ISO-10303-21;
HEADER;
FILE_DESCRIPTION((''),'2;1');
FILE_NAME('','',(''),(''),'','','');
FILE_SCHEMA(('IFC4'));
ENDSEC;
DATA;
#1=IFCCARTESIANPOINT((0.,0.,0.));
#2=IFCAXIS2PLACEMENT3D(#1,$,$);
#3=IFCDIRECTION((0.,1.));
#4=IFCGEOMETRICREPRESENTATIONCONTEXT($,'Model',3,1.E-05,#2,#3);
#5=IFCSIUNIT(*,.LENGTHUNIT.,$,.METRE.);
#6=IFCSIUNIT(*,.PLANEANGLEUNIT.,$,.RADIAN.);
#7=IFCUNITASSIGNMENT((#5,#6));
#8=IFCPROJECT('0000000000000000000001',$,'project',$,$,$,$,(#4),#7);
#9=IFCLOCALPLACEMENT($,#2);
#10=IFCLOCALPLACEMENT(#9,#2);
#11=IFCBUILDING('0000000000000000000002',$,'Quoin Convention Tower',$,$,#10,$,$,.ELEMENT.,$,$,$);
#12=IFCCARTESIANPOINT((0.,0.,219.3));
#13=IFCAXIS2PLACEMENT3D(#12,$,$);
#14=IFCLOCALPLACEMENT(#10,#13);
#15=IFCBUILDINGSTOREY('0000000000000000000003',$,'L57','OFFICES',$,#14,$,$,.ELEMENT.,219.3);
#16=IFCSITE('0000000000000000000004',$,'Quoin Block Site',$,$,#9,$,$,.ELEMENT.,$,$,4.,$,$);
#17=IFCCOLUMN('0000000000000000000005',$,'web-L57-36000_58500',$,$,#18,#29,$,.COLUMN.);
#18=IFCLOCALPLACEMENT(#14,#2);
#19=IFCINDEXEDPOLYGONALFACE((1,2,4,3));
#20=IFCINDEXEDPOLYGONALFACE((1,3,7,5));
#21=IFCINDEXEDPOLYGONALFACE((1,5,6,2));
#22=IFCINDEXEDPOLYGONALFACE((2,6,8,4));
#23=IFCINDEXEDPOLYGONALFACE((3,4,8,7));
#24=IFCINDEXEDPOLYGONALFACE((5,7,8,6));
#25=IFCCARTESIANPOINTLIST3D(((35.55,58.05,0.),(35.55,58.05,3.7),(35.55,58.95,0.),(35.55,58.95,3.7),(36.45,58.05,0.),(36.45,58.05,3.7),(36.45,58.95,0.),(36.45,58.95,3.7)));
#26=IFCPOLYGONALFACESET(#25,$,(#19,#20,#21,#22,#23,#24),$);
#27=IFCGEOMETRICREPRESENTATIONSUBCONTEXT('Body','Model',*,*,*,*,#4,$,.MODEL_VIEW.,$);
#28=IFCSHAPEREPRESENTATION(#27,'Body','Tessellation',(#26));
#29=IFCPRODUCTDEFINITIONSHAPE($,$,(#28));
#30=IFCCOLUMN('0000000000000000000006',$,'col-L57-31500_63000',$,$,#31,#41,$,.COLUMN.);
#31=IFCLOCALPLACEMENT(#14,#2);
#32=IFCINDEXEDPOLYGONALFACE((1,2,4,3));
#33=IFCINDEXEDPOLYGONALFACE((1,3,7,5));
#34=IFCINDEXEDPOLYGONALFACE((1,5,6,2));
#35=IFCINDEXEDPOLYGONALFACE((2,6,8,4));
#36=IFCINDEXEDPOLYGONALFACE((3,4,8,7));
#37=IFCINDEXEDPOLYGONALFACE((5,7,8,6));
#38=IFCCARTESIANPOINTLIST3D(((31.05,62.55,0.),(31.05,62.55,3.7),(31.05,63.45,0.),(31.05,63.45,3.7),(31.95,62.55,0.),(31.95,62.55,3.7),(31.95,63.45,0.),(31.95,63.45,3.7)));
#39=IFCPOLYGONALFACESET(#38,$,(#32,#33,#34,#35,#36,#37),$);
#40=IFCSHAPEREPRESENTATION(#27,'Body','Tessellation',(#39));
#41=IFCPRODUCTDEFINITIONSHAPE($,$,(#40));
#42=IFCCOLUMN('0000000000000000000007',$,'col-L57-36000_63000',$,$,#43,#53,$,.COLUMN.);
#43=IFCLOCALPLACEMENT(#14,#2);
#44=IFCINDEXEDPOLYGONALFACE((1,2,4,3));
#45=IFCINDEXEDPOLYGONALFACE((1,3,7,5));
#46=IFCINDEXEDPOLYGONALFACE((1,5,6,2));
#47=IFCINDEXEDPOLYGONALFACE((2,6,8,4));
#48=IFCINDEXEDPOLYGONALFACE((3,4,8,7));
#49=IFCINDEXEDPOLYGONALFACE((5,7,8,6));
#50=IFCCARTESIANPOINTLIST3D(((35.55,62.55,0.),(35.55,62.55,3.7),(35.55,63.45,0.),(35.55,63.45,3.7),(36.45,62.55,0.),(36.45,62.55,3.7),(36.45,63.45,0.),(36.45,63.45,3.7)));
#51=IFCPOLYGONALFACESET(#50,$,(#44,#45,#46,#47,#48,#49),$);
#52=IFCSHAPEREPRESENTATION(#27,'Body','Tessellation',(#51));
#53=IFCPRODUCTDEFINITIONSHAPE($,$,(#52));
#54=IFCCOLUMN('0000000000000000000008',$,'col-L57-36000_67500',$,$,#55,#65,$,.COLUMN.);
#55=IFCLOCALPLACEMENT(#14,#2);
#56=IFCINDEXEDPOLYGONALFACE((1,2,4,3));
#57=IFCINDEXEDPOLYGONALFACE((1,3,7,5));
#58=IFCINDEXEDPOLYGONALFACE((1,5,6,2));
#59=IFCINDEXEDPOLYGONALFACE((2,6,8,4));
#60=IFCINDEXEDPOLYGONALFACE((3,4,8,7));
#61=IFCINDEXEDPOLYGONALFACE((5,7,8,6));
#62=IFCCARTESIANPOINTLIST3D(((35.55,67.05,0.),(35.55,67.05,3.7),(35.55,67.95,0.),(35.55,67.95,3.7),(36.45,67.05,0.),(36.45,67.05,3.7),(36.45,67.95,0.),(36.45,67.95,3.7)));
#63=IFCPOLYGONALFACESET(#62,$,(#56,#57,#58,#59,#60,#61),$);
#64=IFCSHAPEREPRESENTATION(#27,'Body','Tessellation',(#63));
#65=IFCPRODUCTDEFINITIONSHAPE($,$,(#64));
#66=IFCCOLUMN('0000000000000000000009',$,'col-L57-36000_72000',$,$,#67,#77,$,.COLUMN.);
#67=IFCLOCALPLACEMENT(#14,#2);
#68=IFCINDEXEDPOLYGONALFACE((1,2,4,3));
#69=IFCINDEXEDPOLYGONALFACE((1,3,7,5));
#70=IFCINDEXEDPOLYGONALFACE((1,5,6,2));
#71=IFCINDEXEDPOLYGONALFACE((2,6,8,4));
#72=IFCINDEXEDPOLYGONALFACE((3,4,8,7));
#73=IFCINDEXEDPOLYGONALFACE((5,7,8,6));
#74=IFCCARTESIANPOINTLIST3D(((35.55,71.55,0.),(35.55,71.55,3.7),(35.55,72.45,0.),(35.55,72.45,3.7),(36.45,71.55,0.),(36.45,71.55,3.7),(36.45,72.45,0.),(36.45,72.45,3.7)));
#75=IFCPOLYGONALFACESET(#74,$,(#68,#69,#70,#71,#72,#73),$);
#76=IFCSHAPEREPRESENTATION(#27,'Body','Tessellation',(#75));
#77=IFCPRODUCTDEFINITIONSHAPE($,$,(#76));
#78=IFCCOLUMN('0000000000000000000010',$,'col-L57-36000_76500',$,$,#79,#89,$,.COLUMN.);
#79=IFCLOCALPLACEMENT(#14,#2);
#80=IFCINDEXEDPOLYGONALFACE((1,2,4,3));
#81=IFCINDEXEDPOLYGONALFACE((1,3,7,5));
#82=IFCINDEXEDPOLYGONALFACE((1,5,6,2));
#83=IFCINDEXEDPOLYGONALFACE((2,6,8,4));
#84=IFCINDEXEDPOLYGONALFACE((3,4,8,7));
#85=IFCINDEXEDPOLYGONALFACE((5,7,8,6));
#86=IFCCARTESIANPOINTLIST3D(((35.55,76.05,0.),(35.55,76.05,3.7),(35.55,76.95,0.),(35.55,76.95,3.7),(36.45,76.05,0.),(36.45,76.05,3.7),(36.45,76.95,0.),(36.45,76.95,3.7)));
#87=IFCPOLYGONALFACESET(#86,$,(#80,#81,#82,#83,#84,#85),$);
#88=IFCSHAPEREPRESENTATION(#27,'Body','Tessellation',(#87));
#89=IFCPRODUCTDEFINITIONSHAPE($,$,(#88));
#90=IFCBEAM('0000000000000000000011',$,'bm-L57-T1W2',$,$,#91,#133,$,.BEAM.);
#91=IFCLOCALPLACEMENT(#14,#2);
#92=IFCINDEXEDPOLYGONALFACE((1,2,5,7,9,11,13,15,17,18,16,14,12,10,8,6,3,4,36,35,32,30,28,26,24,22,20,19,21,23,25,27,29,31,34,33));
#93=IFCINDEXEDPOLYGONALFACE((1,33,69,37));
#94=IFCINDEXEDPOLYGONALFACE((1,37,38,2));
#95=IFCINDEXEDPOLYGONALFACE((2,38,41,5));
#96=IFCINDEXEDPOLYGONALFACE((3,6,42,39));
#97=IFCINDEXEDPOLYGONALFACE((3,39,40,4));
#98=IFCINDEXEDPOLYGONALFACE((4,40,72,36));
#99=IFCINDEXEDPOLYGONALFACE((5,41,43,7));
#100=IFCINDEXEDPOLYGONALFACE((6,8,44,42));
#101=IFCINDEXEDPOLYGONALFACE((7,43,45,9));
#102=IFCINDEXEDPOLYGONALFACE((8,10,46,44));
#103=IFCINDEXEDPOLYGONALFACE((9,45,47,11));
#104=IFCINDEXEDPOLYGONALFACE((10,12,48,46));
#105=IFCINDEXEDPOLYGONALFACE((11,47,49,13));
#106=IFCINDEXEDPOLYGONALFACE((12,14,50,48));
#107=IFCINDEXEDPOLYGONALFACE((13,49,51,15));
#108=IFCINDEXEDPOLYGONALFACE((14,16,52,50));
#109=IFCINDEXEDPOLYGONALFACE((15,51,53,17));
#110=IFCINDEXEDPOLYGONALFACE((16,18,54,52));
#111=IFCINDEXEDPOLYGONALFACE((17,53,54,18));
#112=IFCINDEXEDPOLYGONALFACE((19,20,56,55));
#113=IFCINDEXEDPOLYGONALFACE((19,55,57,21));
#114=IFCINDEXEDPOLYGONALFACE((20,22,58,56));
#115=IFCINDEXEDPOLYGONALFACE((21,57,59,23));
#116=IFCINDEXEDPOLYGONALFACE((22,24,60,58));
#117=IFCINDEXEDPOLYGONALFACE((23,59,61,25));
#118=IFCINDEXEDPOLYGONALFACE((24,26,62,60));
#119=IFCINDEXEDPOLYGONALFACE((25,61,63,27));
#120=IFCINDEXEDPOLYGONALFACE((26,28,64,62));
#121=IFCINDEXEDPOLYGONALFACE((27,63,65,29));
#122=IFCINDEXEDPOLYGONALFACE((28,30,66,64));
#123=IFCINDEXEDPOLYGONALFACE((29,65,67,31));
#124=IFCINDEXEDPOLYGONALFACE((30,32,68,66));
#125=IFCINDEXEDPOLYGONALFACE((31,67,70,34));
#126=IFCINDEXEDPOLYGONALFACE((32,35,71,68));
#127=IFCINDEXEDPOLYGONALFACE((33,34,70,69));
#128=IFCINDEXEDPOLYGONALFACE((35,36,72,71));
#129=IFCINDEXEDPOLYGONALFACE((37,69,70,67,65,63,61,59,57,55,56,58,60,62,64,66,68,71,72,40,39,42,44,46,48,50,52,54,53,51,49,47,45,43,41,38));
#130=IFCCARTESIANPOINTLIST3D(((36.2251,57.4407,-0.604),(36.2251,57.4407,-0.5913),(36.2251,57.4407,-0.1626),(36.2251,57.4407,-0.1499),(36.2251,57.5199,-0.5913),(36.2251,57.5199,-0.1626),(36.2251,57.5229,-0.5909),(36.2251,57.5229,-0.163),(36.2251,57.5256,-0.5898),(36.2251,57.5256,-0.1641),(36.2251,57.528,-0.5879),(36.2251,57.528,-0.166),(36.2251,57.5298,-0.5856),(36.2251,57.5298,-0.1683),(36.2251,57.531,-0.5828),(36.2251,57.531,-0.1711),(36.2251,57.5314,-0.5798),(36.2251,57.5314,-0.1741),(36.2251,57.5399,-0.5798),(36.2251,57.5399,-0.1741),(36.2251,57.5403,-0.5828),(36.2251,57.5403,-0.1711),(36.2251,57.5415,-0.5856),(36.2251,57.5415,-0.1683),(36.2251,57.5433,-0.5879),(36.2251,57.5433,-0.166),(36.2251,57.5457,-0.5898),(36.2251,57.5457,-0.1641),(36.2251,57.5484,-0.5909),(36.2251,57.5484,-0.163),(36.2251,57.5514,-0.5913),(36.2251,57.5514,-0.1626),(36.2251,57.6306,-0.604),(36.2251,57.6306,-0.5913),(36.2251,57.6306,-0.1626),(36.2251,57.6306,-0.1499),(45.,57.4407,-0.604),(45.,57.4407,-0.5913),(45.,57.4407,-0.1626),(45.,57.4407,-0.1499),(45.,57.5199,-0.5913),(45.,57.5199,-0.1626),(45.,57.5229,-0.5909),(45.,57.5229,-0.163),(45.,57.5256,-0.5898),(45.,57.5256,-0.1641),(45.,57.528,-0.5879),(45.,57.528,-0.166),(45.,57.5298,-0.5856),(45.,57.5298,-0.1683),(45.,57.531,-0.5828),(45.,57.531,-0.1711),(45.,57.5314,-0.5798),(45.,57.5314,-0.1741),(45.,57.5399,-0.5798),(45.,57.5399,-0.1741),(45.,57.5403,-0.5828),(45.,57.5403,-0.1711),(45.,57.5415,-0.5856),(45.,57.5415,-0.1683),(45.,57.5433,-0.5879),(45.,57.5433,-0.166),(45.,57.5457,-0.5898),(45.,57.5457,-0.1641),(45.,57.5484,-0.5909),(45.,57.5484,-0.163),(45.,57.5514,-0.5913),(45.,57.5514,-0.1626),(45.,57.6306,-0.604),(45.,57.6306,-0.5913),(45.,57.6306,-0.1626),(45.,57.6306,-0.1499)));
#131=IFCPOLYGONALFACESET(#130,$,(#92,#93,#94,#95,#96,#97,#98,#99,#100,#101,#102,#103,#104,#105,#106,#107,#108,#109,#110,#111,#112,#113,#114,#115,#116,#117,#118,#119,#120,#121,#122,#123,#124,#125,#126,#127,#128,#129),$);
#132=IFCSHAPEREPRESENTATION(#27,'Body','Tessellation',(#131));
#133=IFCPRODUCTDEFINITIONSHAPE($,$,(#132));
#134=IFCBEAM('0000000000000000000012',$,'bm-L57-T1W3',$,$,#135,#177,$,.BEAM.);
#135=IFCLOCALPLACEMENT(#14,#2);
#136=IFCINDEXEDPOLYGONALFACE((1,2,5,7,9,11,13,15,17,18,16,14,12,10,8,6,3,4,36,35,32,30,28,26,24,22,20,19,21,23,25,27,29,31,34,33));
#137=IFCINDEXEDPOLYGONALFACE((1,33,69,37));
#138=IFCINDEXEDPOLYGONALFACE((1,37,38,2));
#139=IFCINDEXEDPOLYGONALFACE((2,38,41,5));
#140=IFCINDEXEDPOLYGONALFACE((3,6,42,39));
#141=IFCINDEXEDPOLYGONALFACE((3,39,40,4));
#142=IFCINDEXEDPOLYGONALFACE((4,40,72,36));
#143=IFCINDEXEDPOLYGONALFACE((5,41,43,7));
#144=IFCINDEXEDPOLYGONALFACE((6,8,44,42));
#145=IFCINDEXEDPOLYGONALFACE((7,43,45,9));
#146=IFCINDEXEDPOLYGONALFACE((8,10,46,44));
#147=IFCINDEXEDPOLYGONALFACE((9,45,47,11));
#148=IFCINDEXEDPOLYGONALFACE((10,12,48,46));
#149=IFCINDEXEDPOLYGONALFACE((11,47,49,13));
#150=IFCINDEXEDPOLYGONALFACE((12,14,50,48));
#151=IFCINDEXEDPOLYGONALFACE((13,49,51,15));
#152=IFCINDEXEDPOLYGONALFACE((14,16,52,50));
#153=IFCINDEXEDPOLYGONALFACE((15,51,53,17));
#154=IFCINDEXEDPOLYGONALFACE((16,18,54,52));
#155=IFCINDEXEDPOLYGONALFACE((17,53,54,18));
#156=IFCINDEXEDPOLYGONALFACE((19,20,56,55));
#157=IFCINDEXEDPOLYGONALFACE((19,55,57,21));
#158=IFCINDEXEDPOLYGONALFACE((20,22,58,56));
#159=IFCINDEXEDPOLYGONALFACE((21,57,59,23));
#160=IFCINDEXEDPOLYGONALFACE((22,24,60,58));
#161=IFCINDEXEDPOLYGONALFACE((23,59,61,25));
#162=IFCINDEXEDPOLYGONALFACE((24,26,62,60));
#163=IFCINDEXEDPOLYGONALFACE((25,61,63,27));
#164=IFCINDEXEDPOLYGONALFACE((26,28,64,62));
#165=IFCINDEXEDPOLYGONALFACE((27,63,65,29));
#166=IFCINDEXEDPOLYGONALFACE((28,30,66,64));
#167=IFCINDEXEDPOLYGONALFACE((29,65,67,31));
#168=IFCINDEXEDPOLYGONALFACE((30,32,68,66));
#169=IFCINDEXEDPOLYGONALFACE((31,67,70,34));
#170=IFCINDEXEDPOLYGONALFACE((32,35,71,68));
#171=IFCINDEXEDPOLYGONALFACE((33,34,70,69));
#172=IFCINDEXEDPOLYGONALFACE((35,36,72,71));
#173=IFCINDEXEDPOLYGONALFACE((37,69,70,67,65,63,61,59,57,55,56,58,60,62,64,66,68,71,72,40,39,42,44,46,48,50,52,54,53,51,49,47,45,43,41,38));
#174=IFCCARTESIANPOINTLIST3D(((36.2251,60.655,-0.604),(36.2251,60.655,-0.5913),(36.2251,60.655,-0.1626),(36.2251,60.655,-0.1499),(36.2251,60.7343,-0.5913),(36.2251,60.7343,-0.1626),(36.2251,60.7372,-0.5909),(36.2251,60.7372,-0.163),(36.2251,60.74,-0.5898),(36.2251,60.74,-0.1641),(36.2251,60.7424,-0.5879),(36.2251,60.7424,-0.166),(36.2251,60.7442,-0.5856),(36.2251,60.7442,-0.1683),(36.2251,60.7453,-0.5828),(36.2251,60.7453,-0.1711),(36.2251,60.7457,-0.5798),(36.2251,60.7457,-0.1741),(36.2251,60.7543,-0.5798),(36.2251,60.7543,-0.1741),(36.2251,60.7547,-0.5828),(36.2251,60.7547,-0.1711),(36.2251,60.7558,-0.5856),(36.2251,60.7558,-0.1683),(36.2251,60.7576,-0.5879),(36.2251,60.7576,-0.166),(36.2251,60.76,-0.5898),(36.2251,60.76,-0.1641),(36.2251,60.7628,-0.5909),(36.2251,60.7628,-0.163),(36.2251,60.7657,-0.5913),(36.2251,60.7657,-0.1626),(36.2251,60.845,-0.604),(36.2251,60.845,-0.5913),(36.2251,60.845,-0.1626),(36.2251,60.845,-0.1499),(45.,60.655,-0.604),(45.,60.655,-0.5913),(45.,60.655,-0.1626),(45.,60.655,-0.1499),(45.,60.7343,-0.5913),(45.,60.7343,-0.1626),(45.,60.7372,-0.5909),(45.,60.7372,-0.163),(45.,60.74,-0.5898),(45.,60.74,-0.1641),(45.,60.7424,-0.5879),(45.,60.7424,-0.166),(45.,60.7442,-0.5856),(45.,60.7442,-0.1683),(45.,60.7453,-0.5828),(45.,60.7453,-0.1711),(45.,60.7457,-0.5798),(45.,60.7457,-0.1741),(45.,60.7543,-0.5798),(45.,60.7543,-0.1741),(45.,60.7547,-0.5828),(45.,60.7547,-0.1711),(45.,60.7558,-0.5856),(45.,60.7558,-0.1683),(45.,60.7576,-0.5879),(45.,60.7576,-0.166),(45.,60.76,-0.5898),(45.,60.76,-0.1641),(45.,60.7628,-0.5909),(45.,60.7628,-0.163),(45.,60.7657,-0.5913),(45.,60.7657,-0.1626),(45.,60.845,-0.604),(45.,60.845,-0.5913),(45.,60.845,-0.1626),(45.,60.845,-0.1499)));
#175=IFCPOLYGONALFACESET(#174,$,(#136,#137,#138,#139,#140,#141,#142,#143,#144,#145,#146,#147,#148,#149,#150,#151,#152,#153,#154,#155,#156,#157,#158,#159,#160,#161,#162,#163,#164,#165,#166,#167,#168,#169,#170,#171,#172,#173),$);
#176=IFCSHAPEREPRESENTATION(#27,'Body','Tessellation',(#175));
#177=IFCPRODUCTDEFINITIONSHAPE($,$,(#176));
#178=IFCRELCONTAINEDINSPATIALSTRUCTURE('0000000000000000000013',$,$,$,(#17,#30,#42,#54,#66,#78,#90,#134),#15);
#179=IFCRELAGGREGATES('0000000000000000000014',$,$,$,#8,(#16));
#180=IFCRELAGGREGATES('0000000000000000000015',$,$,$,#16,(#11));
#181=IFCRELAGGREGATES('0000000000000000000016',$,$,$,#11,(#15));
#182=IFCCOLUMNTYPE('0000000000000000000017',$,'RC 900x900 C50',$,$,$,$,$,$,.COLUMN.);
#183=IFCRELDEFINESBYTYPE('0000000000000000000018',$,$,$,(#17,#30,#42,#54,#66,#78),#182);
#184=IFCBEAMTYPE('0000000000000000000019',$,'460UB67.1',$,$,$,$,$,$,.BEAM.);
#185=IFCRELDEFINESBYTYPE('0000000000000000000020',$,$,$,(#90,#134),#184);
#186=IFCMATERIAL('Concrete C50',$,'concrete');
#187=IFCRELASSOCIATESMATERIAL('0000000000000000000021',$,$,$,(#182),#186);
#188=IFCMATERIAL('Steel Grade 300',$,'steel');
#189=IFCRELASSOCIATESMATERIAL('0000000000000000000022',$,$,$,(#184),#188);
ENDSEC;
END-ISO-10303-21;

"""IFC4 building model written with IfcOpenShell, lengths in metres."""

from ifc_helpers import new_model, si_unit, direction, frame, origin, origin_2d, place, context, subcontext, project, spatial, rectangle, i_section, extrude, material, material_profile, profile_set, type_object, element, save


model = new_model("IFC4")

# Units and contexts
model_context = context("Model", 3, precision=1e-05, world=origin(), true_north=direction((0.0, 1.0)))
body_context = subcontext(model_context, "Body", "Model", "MODEL_VIEW")
ifc_project = project(units=[si_unit("LENGTHUNIT", "METRE"), si_unit("PLANEANGLEUNIT", "RADIAN")], contexts=[model_context])

# Site, building, storey
site_placement = place(None, origin())
site = spatial("IfcSite", under=ifc_project, at=site_placement, Name="Quoin Block Site", CompositionType="ELEMENT", RefElevation=4.0)
building_placement = place(site_placement, origin())
building = spatial("IfcBuilding", under=site, at=building_placement, Name="Quoin Convention Tower", CompositionType="ELEMENT")
storey_placement = place(building_placement, frame((0.0, 0.0, 219.3)))
storey = spatial("IfcBuildingStorey", under=building, at=storey_placement, Name="L57", Description="OFFICES", CompositionType="ELEMENT", Elevation=219.3)

# Columns
ifc_material_1 = material(Name="Concrete C50", Category="concrete")
ifc_material_profile_1 = material_profile(ifc_material_1, rectangle(XDim=0.8999, YDim=0.8999, at=origin_2d()), Name="RC 900x900")
ifc_profile_set_1 = profile_set([ifc_material_profile_1], Name="Concrete C50")
column_type = type_object("IfcColumnType", Name="RC 900x900 C50", PredefinedType="COLUMN", material=ifc_profile_set_1)
for number, where, z_axis, x_axis, name in (
    (1, (36.0, 58.5, 0.0), (0.0, 0.0, 1.0), (1.0, 0.0, 0.0), "web-L57-36000_58500"),
    (2, (31.5, 63.0, 0.0), (0.0, 0.0, 1.0), (1.0, 0.0, 0.0), "col-L57-31500_63000"),
    (3, (36.0, 63.0, 0.0), (0.0, 0.0, 1.0), (1.0, 0.0, 0.0), "col-L57-36000_63000"),
    (4, (36.0, 67.5, 0.0), (0.0, 0.0, 1.0), (1.0, 0.0, 0.0), "col-L57-36000_67500"),
    (5, (36.0, 72.0, 0.0), (0.0, 0.0, 1.0), (1.0, 0.0, 0.0), "col-L57-36000_72000"),
    (6, (36.0, 76.5, 0.0), (0.0, 0.0, 1.0), (1.0, 0.0, 0.0), "col-L57-36000_76500"),
):
    element("IfcColumn", number, at=place(storey_placement, frame(where, z_axis=z_axis, x_axis=x_axis)), inside=storey, type_object=column_type, Name=name, PredefinedType="COLUMN", context=body_context, shape_type="SweptSolid", body=[
        extrude(rectangle(XDim=0.8999, YDim=0.8999, at=origin_2d()), origin(), (0.0, 0.0, 1.0), 3.7),
    ])

# Beams
ifc_material_2 = material(Name="Steel Grade 300", Category="steel")
ifc_material_profile_2 = material_profile(ifc_material_2, i_section(OverallWidth=0.1899, OverallDepth=0.4541, WebThickness=0.0085, FlangeThickness=0.0127, FilletRadius=0.0115, at=origin_2d()), Name="460UB67.1")
ifc_profile_set_2 = profile_set([ifc_material_profile_2], Name="Steel Grade 300")
beam_type_1 = type_object("IfcBeamType", Name="460UB67.1", PredefinedType="BEAM", material=ifc_profile_set_2)
for number, where, z_axis, x_axis, name in (
    (7, (36.2251, 57.5356, -0.377), (1.0, 0.0, 0.0), (0.0, 1.0, 0.0), "bm-L57-T1W2"),
    (8, (36.2251, 60.75, -0.377), (1.0, 0.0, 0.0), (0.0, 1.0, 0.0), "bm-L57-T1W3"),
):
    element("IfcBeam", number, at=place(storey_placement, frame(where, z_axis=z_axis, x_axis=x_axis)), inside=storey, type_object=beam_type_1, Name=name, PredefinedType="BEAM", context=body_context, shape_type="SweptSolid", body=[
        extrude(i_section(OverallWidth=0.1899, OverallDepth=0.4541, WebThickness=0.0085, FlangeThickness=0.0127, FilletRadius=0.0115, at=origin_2d()), origin(), (0.0, 0.0, 1.0), 8.7749),
    ])

save(model, "model.ifc")
